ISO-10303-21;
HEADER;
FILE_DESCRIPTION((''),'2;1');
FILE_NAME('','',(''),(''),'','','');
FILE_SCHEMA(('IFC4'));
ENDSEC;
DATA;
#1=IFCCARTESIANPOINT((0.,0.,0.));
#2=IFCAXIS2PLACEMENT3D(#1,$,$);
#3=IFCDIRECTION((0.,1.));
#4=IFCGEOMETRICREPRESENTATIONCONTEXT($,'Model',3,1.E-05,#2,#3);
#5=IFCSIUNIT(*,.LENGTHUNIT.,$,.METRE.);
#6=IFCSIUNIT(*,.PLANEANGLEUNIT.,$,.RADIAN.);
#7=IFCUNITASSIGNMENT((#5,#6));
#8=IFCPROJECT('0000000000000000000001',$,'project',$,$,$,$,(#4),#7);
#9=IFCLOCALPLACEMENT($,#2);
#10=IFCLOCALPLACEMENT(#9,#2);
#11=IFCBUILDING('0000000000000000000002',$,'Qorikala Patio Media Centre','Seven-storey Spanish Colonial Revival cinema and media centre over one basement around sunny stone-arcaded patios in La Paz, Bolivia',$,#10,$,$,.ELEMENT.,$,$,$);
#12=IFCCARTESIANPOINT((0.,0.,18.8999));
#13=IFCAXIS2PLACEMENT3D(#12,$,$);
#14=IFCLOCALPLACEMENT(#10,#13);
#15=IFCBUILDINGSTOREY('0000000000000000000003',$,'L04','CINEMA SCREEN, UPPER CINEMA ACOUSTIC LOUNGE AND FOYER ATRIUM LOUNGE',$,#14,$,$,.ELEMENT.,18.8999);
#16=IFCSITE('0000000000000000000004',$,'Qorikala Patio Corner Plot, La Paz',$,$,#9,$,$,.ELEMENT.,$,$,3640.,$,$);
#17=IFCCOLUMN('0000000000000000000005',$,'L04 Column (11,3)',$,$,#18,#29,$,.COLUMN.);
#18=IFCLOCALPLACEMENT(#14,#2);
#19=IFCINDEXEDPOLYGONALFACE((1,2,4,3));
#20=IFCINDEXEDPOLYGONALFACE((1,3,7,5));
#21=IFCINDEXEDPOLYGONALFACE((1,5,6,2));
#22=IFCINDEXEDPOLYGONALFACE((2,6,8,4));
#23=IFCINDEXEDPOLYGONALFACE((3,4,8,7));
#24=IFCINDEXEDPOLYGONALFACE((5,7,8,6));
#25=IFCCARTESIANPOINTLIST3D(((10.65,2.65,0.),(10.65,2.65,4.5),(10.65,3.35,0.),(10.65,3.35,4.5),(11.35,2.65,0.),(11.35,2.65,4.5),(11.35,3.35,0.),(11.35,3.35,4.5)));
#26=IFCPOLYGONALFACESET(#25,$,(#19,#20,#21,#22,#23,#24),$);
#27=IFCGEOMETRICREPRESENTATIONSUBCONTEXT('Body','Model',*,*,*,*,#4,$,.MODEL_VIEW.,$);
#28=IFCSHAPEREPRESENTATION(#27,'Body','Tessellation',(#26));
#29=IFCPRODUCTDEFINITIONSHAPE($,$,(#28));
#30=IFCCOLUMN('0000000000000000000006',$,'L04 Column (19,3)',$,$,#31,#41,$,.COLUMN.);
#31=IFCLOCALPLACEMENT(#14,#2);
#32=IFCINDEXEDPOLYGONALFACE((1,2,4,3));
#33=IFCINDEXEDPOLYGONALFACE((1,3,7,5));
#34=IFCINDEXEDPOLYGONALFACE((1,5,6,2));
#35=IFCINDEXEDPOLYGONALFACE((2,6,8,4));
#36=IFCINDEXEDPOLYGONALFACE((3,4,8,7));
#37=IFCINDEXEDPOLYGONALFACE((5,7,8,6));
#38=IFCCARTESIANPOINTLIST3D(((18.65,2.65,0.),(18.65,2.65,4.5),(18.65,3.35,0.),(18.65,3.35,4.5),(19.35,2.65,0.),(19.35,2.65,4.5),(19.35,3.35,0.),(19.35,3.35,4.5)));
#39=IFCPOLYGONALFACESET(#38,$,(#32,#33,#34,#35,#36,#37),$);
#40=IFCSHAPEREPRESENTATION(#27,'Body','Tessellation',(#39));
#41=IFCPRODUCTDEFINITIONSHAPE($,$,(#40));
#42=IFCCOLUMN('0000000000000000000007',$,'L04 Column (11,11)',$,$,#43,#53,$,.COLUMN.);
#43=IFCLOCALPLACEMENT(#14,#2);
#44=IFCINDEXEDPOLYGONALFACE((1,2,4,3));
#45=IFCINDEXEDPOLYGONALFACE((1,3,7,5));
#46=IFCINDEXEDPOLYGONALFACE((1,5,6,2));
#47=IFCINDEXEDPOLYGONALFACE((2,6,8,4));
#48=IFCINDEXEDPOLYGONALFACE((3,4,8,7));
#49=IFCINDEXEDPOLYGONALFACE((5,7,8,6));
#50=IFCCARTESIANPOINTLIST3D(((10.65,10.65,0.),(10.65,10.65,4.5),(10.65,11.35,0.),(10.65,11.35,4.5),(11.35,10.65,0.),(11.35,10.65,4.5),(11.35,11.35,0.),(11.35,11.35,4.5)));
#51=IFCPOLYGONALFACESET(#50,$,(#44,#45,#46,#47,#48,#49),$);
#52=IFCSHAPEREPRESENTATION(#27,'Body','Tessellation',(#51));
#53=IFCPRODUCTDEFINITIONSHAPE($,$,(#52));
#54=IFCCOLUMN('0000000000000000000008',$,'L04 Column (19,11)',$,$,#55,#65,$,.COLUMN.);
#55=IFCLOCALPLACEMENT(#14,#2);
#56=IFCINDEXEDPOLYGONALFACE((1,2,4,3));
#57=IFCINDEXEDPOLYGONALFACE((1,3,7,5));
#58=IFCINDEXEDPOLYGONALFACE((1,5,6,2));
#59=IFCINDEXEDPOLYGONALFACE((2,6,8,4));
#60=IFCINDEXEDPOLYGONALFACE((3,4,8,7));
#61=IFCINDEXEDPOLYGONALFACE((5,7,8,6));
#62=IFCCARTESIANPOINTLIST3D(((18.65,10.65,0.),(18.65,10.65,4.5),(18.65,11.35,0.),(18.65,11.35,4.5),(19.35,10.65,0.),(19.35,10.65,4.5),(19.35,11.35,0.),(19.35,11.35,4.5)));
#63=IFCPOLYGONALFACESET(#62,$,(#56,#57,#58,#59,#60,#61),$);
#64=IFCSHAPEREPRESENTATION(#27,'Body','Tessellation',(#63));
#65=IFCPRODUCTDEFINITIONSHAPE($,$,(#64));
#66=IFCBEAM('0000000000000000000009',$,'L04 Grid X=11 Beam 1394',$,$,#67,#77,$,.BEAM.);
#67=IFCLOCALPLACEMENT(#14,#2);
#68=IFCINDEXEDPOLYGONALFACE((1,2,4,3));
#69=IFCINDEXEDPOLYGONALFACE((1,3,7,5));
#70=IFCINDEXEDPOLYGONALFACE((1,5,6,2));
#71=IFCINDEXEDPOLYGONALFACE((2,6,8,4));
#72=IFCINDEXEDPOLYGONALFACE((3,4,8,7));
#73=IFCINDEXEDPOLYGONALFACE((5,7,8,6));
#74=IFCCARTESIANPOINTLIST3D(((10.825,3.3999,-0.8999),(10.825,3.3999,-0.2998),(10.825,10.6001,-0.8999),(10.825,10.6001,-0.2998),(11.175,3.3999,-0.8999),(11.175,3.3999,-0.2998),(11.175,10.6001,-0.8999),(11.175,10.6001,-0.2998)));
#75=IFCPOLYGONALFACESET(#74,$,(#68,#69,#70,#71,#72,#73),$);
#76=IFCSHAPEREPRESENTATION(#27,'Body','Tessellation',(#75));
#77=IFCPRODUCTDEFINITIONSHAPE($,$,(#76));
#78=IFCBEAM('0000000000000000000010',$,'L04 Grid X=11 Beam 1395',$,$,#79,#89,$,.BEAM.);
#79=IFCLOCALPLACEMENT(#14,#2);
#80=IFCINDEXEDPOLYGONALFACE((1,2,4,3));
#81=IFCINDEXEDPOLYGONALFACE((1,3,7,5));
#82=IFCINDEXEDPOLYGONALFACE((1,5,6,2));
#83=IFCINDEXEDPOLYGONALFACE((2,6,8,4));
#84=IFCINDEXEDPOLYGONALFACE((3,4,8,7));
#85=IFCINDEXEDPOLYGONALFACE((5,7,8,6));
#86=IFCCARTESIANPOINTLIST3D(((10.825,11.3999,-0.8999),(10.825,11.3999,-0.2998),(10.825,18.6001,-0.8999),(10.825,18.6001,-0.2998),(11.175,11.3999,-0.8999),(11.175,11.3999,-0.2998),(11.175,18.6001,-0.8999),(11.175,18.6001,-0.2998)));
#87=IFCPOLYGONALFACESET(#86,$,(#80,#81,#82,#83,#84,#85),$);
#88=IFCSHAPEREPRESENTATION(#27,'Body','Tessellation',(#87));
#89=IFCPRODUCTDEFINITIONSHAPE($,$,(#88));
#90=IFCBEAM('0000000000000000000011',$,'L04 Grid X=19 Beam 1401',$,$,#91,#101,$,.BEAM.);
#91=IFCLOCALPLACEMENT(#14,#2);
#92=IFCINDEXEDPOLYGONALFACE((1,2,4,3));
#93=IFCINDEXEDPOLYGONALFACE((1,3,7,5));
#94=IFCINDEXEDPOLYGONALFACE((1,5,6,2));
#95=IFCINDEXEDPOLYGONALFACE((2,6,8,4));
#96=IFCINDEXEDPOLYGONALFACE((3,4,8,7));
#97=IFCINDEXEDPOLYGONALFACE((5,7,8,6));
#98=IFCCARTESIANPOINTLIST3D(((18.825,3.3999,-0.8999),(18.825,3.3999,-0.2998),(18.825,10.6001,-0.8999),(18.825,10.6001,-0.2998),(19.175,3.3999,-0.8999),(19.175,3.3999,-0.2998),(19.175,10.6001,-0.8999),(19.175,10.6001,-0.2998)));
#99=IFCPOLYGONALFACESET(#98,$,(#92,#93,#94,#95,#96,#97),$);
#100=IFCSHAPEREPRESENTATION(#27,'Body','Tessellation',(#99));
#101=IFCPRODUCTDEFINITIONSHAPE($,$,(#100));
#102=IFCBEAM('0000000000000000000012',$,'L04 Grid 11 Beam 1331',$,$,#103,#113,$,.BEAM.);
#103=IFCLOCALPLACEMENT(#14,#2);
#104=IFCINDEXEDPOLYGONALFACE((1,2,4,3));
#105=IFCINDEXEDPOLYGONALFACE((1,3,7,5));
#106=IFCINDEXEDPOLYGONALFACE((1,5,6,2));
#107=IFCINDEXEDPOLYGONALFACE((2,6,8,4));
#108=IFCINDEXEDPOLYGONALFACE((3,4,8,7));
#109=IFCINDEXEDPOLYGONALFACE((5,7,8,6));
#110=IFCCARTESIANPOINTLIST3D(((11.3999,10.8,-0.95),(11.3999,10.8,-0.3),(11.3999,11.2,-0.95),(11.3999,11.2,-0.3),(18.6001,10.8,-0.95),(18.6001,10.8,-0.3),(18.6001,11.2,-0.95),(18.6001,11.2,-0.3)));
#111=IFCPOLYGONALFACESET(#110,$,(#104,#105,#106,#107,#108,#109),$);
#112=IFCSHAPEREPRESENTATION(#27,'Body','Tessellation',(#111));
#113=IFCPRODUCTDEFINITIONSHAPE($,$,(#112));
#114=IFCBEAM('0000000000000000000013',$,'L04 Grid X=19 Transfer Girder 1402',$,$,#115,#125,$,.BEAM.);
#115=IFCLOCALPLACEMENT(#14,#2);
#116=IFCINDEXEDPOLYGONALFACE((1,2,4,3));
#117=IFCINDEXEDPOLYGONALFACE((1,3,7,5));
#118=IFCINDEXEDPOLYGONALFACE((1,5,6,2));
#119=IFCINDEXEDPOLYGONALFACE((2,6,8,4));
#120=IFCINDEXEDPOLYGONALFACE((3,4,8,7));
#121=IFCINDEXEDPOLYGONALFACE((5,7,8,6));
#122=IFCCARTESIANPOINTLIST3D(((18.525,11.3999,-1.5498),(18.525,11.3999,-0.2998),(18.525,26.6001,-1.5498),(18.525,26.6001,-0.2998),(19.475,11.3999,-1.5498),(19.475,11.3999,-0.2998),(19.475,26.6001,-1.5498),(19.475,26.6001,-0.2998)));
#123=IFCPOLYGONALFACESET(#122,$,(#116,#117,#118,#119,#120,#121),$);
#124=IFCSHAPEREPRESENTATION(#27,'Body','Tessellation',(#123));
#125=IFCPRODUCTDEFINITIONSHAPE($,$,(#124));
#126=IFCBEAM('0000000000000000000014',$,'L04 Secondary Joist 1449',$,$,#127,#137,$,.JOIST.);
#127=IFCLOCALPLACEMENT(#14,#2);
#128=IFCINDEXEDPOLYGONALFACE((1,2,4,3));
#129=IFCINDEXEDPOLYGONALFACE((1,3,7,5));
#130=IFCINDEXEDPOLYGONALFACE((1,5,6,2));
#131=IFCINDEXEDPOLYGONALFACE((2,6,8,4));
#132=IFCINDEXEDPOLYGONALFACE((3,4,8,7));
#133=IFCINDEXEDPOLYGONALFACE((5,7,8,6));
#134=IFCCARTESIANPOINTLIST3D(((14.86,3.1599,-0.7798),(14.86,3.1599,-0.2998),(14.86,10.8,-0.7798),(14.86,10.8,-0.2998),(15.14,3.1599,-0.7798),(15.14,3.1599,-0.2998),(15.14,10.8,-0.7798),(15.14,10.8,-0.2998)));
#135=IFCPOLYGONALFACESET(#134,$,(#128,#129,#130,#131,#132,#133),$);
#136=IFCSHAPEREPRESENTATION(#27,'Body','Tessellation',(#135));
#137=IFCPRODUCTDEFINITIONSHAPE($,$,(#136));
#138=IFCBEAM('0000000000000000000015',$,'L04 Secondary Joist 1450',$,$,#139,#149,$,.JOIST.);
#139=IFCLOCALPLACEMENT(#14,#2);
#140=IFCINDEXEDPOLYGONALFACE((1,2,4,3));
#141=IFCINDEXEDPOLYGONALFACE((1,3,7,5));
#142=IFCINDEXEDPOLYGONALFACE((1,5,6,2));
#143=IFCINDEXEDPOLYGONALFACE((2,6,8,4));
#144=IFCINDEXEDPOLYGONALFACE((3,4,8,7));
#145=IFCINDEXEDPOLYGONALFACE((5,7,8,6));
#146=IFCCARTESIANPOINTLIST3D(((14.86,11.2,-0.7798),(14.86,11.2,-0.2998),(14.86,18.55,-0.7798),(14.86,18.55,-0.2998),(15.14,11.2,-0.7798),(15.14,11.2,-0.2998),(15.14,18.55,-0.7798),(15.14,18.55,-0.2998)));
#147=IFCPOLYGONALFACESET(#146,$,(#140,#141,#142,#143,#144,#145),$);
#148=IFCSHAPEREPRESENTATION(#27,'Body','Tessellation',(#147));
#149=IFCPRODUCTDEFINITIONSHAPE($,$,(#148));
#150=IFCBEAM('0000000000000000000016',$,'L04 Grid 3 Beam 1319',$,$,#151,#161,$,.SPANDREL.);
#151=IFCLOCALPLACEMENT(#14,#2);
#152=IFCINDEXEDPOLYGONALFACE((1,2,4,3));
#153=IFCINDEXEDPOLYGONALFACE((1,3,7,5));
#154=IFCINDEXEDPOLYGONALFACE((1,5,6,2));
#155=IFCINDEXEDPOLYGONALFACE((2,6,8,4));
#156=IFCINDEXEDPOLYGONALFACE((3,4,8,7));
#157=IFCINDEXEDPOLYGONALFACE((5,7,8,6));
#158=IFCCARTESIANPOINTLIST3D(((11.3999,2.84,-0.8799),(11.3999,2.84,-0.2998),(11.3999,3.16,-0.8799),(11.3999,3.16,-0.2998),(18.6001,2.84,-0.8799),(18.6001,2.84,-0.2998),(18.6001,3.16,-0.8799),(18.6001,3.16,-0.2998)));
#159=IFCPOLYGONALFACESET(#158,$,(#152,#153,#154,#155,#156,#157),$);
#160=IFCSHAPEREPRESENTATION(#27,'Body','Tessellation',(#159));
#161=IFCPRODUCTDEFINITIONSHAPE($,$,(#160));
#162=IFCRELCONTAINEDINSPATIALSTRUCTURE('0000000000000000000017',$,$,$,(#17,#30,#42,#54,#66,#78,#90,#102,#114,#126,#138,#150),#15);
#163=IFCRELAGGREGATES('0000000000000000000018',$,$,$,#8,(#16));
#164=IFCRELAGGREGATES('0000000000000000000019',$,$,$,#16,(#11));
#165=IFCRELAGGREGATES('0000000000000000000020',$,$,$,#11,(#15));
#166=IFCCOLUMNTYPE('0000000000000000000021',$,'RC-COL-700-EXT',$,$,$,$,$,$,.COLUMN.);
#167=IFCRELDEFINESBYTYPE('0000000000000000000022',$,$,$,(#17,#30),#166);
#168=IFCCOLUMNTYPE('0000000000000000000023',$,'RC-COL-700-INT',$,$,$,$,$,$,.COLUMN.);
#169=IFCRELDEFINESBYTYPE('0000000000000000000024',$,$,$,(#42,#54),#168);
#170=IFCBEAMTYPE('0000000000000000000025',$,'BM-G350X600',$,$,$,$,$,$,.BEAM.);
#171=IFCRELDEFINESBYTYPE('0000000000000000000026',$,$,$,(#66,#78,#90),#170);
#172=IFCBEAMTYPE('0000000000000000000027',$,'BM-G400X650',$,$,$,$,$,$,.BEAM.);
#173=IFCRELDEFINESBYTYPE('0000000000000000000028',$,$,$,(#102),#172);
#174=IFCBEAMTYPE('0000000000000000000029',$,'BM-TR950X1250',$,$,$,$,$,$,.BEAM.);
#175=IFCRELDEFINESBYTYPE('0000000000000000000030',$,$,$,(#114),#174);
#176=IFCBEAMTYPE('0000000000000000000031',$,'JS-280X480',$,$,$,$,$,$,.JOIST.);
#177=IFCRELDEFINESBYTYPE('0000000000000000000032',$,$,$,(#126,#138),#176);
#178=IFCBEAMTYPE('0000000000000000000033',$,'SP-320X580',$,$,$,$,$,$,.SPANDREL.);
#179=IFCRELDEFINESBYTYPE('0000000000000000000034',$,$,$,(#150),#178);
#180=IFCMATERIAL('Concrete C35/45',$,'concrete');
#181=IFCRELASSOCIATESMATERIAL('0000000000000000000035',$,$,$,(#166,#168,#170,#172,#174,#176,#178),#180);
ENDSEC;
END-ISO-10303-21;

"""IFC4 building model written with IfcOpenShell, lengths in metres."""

from ifc_helpers import new_model, si_unit, direction, frame, origin, origin_2d, place, context, subcontext, project, spatial, rectangle, extrude, material, material_profile, profile_set, type_object, element, save


model = new_model("IFC4")

# Units and contexts
model_context = context("Model", 3, precision=1e-05, world=origin(), true_north=direction((0.0, 1.0)))
body_context = subcontext(model_context, "Body", "Model", "MODEL_VIEW")
ifc_project = project(units=[si_unit("LENGTHUNIT", "METRE"), si_unit("PLANEANGLEUNIT", "RADIAN")], contexts=[model_context])

# Site, building, storey
site_placement = place(None, origin())
site = spatial("IfcSite", under=ifc_project, at=site_placement, Name="Qorikala Patio Corner Plot, La Paz", CompositionType="ELEMENT", RefElevation=3640.0)
building_placement = place(site_placement, origin())
building = spatial("IfcBuilding", under=site, at=building_placement, Name="Qorikala Patio Media Centre", Description="Seven-storey Spanish Colonial Revival cinema and media centre over one basement around sunny stone-arcaded patios in La Paz, Bolivia", CompositionType="ELEMENT")
storey_placement = place(building_placement, frame((0.0, 0.0, 18.8999)))
storey = spatial("IfcBuildingStorey", under=building, at=storey_placement, Name="L04", Description="CINEMA SCREEN, UPPER CINEMA ACOUSTIC LOUNGE AND FOYER ATRIUM LOUNGE", CompositionType="ELEMENT", Elevation=18.8999)

# Columns
ifc_material_1 = material(Name="Concrete C35/45", Category="concrete")
ifc_material_profile_1 = material_profile(ifc_material_1, rectangle(XDim=0.7, YDim=0.7, at=origin_2d()), Name="RC 700x700")
ifc_profile_set_1 = profile_set([ifc_material_profile_1], Name="Concrete C35/45")
column_type_1 = type_object("IfcColumnType", Name="RC-COL-700-EXT", PredefinedType="COLUMN", material=ifc_profile_set_1)
for number, where, z_axis, x_axis, name in (
    (1, (11.0, 3.0, 0.0), (0.0, 0.0, 1.0), (1.0, 0.0, 0.0), "L04 Column (11,3)"),
    (2, (19.0, 3.0, 0.0), (0.0, 0.0, 1.0), (1.0, 0.0, 0.0), "L04 Column (19,3)"),
):
    element("IfcColumn", number, at=place(storey_placement, frame(where, z_axis=z_axis, x_axis=x_axis)), inside=storey, type_object=column_type_1, Name=name, PredefinedType="COLUMN", context=body_context, shape_type="SweptSolid", body=[
        extrude(rectangle(XDim=0.7, YDim=0.7, at=origin_2d()), origin(), (0.0, 0.0, 1.0), 4.5),
    ])
ifc_material_profile_2 = material_profile(ifc_material_1, rectangle(XDim=0.7, YDim=0.7, at=origin_2d()), Name="RC 700x700")
ifc_profile_set_2 = profile_set([ifc_material_profile_2], Name="Concrete C35/45")
column_type_2 = type_object("IfcColumnType", Name="RC-COL-700-INT", PredefinedType="COLUMN", material=ifc_profile_set_2)
for number, where, z_axis, x_axis, name in (
    (3, (11.0, 11.0, 0.0), (0.0, 0.0, 1.0), (1.0, 0.0, 0.0), "L04 Column (11,11)"),
    (4, (19.0, 11.0, 0.0), (0.0, 0.0, 1.0), (1.0, 0.0, 0.0), "L04 Column (19,11)"),
):
    element("IfcColumn", number, at=place(storey_placement, frame(where, z_axis=z_axis, x_axis=x_axis)), inside=storey, type_object=column_type_2, Name=name, PredefinedType="COLUMN", context=body_context, shape_type="SweptSolid", body=[
        extrude(rectangle(XDim=0.7, YDim=0.7, at=origin_2d()), origin(), (0.0, 0.0, 1.0), 4.5),
    ])

# Beams
ifc_material_profile_3 = material_profile(ifc_material_1, rectangle(XDim=0.3501, YDim=0.6001, at=origin_2d()), Name="RC 350x600")
ifc_profile_set_3 = profile_set([ifc_material_profile_3], Name="Concrete C35/45")
beam_type_1 = type_object("IfcBeamType", Name="BM-G350X600", PredefinedType="BEAM", material=ifc_profile_set_3)
for number, where, z_axis, x_axis, name in (
    (5, (11.0, 3.3999, -0.5999), (0.0, 1.0, 0.0), (-1.0, 0.0, 0.0), "L04 Grid X=11 Beam 1394"),
    (6, (11.0, 11.3999, -0.5999), (0.0, 1.0, 0.0), (-1.0, 0.0, 0.0), "L04 Grid X=11 Beam 1395"),
    (7, (19.0, 3.3999, -0.5999), (0.0, 1.0, 0.0), (-1.0, 0.0, 0.0), "L04 Grid X=19 Beam 1401"),
):
    element("IfcBeam", number, at=place(storey_placement, frame(where, z_axis=z_axis, x_axis=x_axis)), inside=storey, type_object=beam_type_1, Name=name, PredefinedType="BEAM", context=body_context, shape_type="SweptSolid", body=[
        extrude(rectangle(XDim=0.3501, YDim=0.6001, at=origin_2d()), origin(), (0.0, 0.0, 1.0), 7.2002),
    ])
ifc_material_profile_4 = material_profile(ifc_material_1, rectangle(XDim=0.3999, YDim=0.6499, at=origin_2d()), Name="RC 400x650")
ifc_profile_set_4 = profile_set([ifc_material_profile_4], Name="Concrete C35/45")
beam_type_2 = type_object("IfcBeamType", Name="BM-G400X650", PredefinedType="BEAM", material=ifc_profile_set_4)
beam_1_placement = place(storey_placement, frame((11.3999, 11.0, -0.625), z_axis=(1.0, 0.0, 0.0), x_axis=(0.0, 1.0, 0.0)))
element("IfcBeam", 8, at=beam_1_placement, inside=storey, type_object=beam_type_2, Name="L04 Grid 11 Beam 1331", PredefinedType="BEAM", context=body_context, shape_type="SweptSolid", body=[
    extrude(rectangle(XDim=0.3999, YDim=0.6499, at=origin_2d()), origin(), (0.0, 0.0, 1.0), 7.2002),
])
ifc_material_profile_5 = material_profile(ifc_material_1, rectangle(XDim=0.95, YDim=1.25, at=origin_2d()), Name="RC 950x1250")
ifc_profile_set_5 = profile_set([ifc_material_profile_5], Name="Concrete C35/45")
beam_type_3 = type_object("IfcBeamType", Name="BM-TR950X1250", PredefinedType="BEAM", material=ifc_profile_set_5)
beam_2_placement = place(storey_placement, frame((19.0, 11.3999, -0.9248), z_axis=(0.0, 1.0, 0.0), x_axis=(-1.0, 0.0, 0.0)))
element("IfcBeam", 9, at=beam_2_placement, inside=storey, type_object=beam_type_3, Name="L04 Grid X=19 Transfer Girder 1402", PredefinedType="BEAM", context=body_context, shape_type="SweptSolid", body=[
    extrude(rectangle(XDim=0.95, YDim=1.25, at=origin_2d()), origin(), (0.0, 0.0, 1.0), 15.2002),
])
ifc_material_profile_6 = material_profile(ifc_material_1, rectangle(XDim=0.28, YDim=0.48, at=origin_2d()), Name="RC 280x480")
ifc_profile_set_6 = profile_set([ifc_material_profile_6], Name="Concrete C35/45")
beam_type_4 = type_object("IfcBeamType", Name="JS-280X480", PredefinedType="JOIST", material=ifc_profile_set_6)
beam_3_placement = place(storey_placement, frame((15.0, 3.1599, -0.5398), z_axis=(0.0, 1.0, 0.0), x_axis=(-1.0, 0.0, 0.0)))
element("IfcBeam", 10, at=beam_3_placement, inside=storey, type_object=beam_type_4, Name="L04 Secondary Joist 1449", PredefinedType="JOIST", context=body_context, shape_type="SweptSolid", body=[
    extrude(rectangle(XDim=0.28, YDim=0.48, at=origin_2d()), origin(), (0.0, 0.0, 1.0), 7.6401),
])
beam_4_placement = place(storey_placement, frame((15.0, 11.2, -0.5398), z_axis=(0.0, 1.0, 0.0), x_axis=(-1.0, 0.0, 0.0)))
element("IfcBeam", 11, at=beam_4_placement, inside=storey, type_object=beam_type_4, Name="L04 Secondary Joist 1450", PredefinedType="JOIST", context=body_context, shape_type="SweptSolid", body=[
    extrude(rectangle(XDim=0.28, YDim=0.48, at=origin_2d()), origin(), (0.0, 0.0, 1.0), 7.3501),
])
ifc_material_profile_7 = material_profile(ifc_material_1, rectangle(XDim=0.3201, YDim=0.5801, at=origin_2d()), Name="RC 320x580")
ifc_profile_set_7 = profile_set([ifc_material_profile_7], Name="Concrete C35/45")
beam_type_5 = type_object("IfcBeamType", Name="SP-320X580", PredefinedType="SPANDREL", material=ifc_profile_set_7)
beam_5_placement = place(storey_placement, frame((11.3999, 3.0, -0.5898), z_axis=(1.0, 0.0, 0.0), x_axis=(0.0, 1.0, 0.0)))
element("IfcBeam", 12, at=beam_5_placement, inside=storey, type_object=beam_type_5, Name="L04 Grid 3 Beam 1319", PredefinedType="SPANDREL", context=body_context, shape_type="SweptSolid", body=[
    extrude(rectangle(XDim=0.3201, YDim=0.5801, at=origin_2d()), origin(), (0.0, 0.0, 1.0), 7.2002),
])

save(model, "model.ifc")
